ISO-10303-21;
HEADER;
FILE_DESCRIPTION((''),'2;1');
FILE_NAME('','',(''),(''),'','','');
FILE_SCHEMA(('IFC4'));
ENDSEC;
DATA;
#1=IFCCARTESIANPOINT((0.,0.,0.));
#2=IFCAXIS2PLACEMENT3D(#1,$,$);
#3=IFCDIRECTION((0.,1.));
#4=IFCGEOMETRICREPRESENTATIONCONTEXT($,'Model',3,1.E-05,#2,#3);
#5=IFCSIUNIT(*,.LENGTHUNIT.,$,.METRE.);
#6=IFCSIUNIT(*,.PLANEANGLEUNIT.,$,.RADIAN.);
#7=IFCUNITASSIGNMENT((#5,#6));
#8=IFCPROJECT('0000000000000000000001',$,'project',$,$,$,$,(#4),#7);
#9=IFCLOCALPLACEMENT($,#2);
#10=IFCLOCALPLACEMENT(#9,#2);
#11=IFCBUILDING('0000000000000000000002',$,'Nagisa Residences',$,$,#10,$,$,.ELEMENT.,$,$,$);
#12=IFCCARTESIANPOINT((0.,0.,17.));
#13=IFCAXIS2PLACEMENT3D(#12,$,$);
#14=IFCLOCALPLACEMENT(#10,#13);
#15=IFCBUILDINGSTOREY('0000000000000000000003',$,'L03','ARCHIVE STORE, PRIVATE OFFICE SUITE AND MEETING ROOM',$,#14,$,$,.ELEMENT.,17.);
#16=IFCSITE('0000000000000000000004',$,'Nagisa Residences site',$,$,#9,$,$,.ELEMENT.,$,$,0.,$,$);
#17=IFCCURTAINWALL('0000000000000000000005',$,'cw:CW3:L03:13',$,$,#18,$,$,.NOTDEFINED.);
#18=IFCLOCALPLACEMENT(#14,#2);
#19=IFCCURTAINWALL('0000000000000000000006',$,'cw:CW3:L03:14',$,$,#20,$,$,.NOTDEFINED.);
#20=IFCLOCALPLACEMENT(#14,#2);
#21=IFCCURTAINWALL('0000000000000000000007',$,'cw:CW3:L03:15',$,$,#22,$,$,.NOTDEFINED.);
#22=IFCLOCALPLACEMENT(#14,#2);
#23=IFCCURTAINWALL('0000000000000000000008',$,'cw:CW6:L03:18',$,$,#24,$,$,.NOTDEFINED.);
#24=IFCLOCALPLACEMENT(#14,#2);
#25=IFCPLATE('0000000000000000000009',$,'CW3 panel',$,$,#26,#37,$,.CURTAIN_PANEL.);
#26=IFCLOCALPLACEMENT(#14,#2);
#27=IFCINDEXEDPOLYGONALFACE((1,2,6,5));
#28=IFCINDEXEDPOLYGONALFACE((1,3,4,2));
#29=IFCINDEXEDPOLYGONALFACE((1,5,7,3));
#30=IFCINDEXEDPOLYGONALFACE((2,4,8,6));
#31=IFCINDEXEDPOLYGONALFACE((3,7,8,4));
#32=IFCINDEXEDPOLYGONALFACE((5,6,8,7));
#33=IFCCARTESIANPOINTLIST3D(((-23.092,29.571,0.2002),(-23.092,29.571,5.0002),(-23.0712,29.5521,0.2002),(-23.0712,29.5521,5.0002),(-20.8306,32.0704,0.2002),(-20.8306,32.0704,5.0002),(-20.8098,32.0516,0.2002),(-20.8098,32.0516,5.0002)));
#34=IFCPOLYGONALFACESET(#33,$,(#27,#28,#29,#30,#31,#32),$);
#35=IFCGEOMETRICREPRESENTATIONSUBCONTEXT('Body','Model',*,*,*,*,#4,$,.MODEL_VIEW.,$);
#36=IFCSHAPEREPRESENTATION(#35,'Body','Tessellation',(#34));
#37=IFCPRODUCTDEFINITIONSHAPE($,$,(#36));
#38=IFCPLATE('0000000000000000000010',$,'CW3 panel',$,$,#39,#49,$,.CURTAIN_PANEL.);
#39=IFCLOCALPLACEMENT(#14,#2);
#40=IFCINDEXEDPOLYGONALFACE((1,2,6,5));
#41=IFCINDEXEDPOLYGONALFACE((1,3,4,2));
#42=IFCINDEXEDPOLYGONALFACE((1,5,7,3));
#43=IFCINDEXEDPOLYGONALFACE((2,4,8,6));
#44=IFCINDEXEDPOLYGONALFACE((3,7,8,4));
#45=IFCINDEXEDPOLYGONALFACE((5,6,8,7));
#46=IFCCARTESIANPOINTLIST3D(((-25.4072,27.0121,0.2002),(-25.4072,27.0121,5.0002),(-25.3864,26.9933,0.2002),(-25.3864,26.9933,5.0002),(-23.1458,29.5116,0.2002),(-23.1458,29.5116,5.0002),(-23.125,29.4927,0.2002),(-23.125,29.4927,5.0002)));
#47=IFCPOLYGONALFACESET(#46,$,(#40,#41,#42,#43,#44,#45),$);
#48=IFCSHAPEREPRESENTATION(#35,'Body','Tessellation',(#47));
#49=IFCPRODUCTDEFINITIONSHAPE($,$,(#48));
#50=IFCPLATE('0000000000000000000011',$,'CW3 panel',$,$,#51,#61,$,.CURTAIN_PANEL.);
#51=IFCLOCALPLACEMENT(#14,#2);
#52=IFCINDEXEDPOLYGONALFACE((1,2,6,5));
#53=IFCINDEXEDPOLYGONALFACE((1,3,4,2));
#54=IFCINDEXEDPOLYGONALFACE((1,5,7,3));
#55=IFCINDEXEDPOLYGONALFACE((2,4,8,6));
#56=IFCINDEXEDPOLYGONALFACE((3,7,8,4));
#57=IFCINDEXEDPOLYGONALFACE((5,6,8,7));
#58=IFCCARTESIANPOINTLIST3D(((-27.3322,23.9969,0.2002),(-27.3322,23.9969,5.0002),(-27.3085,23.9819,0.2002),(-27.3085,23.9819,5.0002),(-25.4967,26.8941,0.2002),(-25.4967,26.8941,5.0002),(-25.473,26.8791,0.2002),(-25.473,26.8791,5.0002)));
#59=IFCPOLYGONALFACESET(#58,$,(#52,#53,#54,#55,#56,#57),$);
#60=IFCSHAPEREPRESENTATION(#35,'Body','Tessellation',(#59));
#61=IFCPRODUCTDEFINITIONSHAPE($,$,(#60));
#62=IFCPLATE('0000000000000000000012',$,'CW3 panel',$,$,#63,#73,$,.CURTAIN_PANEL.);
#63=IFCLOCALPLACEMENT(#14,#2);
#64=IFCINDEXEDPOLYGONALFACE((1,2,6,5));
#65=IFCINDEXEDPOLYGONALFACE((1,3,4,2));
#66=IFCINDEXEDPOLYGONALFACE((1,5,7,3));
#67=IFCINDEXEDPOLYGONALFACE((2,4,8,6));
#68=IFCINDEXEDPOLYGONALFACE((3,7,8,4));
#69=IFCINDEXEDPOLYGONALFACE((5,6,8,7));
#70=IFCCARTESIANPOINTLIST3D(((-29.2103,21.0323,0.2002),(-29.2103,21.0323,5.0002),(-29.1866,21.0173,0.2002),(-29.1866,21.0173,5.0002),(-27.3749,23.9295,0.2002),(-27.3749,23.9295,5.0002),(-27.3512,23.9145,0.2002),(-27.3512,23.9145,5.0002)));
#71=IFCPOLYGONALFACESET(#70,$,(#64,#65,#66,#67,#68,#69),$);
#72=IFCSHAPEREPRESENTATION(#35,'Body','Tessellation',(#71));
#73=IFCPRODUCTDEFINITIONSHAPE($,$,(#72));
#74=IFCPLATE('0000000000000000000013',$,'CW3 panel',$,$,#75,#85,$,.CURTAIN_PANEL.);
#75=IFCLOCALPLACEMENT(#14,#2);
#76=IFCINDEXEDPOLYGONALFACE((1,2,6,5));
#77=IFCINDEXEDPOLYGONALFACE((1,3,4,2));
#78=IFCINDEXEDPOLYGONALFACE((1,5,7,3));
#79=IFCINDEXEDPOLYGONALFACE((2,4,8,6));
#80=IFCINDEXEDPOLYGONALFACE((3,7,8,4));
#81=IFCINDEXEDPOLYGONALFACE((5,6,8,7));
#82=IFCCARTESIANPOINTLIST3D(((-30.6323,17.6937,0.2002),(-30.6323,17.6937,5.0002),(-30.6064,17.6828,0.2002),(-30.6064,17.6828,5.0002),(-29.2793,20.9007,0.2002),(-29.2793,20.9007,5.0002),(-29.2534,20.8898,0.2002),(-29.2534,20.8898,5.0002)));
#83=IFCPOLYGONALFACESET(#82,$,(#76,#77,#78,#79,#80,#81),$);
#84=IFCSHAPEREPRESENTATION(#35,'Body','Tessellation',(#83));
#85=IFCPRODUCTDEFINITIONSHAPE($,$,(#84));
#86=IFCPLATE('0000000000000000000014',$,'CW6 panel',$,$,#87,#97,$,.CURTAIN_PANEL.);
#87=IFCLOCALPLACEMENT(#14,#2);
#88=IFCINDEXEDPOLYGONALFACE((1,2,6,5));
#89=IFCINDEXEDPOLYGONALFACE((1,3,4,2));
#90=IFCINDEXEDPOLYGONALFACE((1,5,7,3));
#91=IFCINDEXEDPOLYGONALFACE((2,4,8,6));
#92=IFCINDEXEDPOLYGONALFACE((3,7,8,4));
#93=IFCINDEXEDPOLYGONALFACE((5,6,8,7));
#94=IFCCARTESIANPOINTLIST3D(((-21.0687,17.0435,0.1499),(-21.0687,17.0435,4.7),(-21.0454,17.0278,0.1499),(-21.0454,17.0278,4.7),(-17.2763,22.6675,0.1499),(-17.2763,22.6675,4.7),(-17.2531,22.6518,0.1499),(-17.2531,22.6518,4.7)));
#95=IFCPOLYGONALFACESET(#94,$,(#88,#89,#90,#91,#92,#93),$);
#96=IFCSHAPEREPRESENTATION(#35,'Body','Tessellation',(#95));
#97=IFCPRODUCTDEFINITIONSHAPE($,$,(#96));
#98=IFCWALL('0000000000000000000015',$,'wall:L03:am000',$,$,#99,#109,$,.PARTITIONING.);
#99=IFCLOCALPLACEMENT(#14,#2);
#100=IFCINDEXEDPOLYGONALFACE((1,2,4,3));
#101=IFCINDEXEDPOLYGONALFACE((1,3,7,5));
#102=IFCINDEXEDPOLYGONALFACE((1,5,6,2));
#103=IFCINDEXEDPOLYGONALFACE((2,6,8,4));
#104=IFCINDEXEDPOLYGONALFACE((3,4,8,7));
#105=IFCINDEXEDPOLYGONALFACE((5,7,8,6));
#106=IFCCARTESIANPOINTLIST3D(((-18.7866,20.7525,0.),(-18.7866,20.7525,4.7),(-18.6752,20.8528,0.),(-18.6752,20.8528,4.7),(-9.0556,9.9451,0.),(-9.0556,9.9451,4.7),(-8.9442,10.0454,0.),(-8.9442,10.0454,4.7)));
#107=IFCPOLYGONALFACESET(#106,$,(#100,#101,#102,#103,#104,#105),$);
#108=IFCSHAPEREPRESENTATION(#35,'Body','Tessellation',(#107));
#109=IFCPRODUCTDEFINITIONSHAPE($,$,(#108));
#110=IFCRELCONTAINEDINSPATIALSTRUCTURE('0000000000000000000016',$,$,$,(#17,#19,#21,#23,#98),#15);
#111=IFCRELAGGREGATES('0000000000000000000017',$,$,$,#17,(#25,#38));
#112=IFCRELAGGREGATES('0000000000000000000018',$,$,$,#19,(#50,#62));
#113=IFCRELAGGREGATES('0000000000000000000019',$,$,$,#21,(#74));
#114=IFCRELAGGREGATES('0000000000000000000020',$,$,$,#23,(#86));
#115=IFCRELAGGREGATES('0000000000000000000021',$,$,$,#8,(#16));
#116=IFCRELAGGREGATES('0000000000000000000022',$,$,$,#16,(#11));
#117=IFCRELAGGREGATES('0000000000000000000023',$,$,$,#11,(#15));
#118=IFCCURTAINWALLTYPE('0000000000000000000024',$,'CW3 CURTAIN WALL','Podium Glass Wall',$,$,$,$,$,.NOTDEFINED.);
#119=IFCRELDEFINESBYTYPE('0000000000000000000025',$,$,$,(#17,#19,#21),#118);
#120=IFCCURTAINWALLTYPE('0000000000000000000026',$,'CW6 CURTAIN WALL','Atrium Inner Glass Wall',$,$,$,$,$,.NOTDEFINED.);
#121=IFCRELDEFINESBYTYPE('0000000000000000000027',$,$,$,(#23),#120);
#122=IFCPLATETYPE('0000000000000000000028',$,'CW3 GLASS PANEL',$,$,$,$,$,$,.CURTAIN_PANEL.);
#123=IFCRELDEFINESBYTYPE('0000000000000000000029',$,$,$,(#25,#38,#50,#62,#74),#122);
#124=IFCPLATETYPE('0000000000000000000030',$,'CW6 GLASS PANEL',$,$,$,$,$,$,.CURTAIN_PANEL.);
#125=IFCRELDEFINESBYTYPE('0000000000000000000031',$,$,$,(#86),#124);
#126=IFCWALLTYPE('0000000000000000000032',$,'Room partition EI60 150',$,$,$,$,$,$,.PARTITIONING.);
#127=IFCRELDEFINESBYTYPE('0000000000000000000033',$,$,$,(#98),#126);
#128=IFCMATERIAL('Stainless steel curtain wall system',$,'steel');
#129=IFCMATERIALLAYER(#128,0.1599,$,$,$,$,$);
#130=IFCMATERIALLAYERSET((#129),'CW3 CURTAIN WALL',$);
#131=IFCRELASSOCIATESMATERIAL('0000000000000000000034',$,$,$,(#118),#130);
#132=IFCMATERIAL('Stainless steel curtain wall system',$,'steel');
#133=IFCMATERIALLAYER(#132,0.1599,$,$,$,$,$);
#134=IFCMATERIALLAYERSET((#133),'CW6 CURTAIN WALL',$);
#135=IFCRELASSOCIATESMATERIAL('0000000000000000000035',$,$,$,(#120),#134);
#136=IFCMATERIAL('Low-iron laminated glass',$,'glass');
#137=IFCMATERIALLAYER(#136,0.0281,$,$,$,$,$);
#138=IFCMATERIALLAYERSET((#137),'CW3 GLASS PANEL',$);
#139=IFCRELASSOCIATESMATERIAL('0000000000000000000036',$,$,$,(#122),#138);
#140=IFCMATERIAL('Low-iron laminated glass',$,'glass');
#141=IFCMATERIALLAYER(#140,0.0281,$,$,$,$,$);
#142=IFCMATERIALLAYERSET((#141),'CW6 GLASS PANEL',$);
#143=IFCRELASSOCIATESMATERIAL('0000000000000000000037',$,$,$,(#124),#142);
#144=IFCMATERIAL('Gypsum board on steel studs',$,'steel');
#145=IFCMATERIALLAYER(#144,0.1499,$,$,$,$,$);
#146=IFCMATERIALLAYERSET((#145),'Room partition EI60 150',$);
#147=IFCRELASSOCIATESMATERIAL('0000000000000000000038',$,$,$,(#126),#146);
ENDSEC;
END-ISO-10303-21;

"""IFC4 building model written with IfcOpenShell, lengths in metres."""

from ifc_helpers import new_model, si_unit, direction, frame, frame_2d, origin, origin_2d, place, context, subcontext, project, spatial, rectangle, extrude, material, layer, layer_set, type_object, element, aggregate, save


model = new_model("IFC4")

# Units and contexts
model_context = context("Model", 3, precision=1e-05, world=origin(), true_north=direction((0.0, 1.0)))
body_context = subcontext(model_context, "Body", "Model", "MODEL_VIEW")
ifc_project = project(units=[si_unit("LENGTHUNIT", "METRE"), si_unit("PLANEANGLEUNIT", "RADIAN")], contexts=[model_context])

# Site, building, storey
site_placement = place(None, origin())
site = spatial("IfcSite", under=ifc_project, at=site_placement, Name="Nagisa Residences site", CompositionType="ELEMENT", RefElevation=0.0)
building_placement = place(site_placement, origin())
building = spatial("IfcBuilding", under=site, at=building_placement, Name="Nagisa Residences", CompositionType="ELEMENT")
storey_placement = place(building_placement, frame((0.0, 0.0, 17.0)))
storey = spatial("IfcBuildingStorey", under=building, at=storey_placement, Name="L03", Description="ARCHIVE STORE, PRIVATE OFFICE SUITE AND MEETING ROOM", CompositionType="ELEMENT", Elevation=17.0)

# Shared definitions
ifc_material_1 = material(Name="Stainless steel curtain wall system", Category="steel")
ifc_layer_1 = layer(ifc_material_1, 0.1599)
ifc_layer_set_1 = layer_set([ifc_layer_1], Name="CW3 CURTAIN WALL")
curtain_wall_type_1 = type_object("IfcCurtainWallType", Name="CW3 CURTAIN WALL", Description="Podium Glass Wall", PredefinedType="NOTDEFINED", material=ifc_layer_set_1)

# Curtain walls
curtain_wall_1_placement = place(storey_placement, origin())
curtain_wall_1 = element("IfcCurtainWall", 1, at=curtain_wall_1_placement, inside=storey, type_object=curtain_wall_type_1, Name="cw:CW3:L03:13", PredefinedType="NOTDEFINED")
curtain_wall_2_placement = place(storey_placement, origin())
curtain_wall_2 = element("IfcCurtainWall", 2, at=curtain_wall_2_placement, inside=storey, type_object=curtain_wall_type_1, Name="cw:CW3:L03:14", PredefinedType="NOTDEFINED")
curtain_wall_3_placement = place(storey_placement, origin())
curtain_wall_3 = element("IfcCurtainWall", 3, at=curtain_wall_3_placement, inside=storey, type_object=curtain_wall_type_1, Name="cw:CW3:L03:15", PredefinedType="NOTDEFINED")

# Curtain wall
ifc_material_2 = material(Name="Stainless steel curtain wall system", Category="steel")
ifc_layer_2 = layer(ifc_material_2, 0.1599)
ifc_layer_set_2 = layer_set([ifc_layer_2], Name="CW6 CURTAIN WALL")
curtain_wall_type_2 = type_object("IfcCurtainWallType", Name="CW6 CURTAIN WALL", Description="Atrium Inner Glass Wall", PredefinedType="NOTDEFINED", material=ifc_layer_set_2)
curtain_wall_4_placement = place(storey_placement, origin())
curtain_wall_4 = element("IfcCurtainWall", 4, at=curtain_wall_4_placement, inside=storey, type_object=curtain_wall_type_2, Name="cw:CW6:L03:18", PredefinedType="NOTDEFINED")

# Plates
ifc_material_3 = material(Name="Low-iron laminated glass", Category="glass")
ifc_layer_3 = layer(ifc_material_3, 0.0281)
ifc_layer_set_3 = layer_set([ifc_layer_3], Name="CW3 GLASS PANEL")
plate_type_1 = type_object("IfcPlateType", Name="CW3 GLASS PANEL", PredefinedType="CURTAIN_PANEL", material=ifc_layer_set_3)
plate_1_placement = place(storey_placement, frame((-21.9509, 30.8113, 0.2002), z_axis=(0.0, 0.0, 1.0), x_axis=(-0.670913, -0.741536, 0.0)))
plate_1 = element("IfcPlate", 5, at=plate_1_placement, type_object=plate_type_1, Name="CW3 panel", PredefinedType="CURTAIN_PANEL", context=body_context, shape_type="SweptSolid", body=[
    extrude(rectangle(XDim=3.3706, YDim=0.0281, at=origin_2d()), origin(), (0.0, 0.0, 1.0), 4.8),
])
plate_2_placement = place(storey_placement, frame((-24.2661, 28.2524, 0.2002), z_axis=(0.0, 0.0, 1.0), x_axis=(-0.670913, -0.741536, 0.0)))
plate_2 = element("IfcPlate", 6, at=plate_2_placement, type_object=plate_type_1, Name="CW3 panel", PredefinedType="CURTAIN_PANEL", context=body_context, shape_type="SweptSolid", body=[
    extrude(rectangle(XDim=3.3706, YDim=0.0281, at=origin_2d()), origin(), (0.0, 0.0, 1.0), 4.8),
])
aggregate(curtain_wall_1, [plate_1, plate_2])
plate_3_placement = place(storey_placement, frame((-26.4026, 25.438, 0.2002), z_axis=(0.0, 0.0, 1.0), x_axis=(-0.535165, -0.844747, 0.0)))
plate_3 = element("IfcPlate", 7, at=plate_3_placement, type_object=plate_type_1, Name="CW3 panel", PredefinedType="CURTAIN_PANEL", context=body_context, shape_type="SweptSolid", body=[
    extrude(rectangle(XDim=3.4297, YDim=0.0281, at=origin_2d()), origin(), (0.0, 0.0, 1.0), 4.8),
])
plate_4_placement = place(storey_placement, frame((-28.2808, 22.4734, 0.2002), z_axis=(0.0, 0.0, 1.0), x_axis=(-0.535165, -0.844747, 0.0)))
plate_4 = element("IfcPlate", 8, at=plate_4_placement, type_object=plate_type_1, Name="CW3 panel", PredefinedType="CURTAIN_PANEL", context=body_context, shape_type="SweptSolid", body=[
    extrude(rectangle(XDim=3.4297, YDim=0.0281, at=origin_2d()), origin(), (0.0, 0.0, 1.0), 4.8),
])
aggregate(curtain_wall_2, [plate_3, plate_4])
plate_5_placement = place(storey_placement, frame((-29.9429, 19.2917, 0.2002), z_axis=(0.0, 0.0, 1.0), x_axis=(-0.388718, -0.921357, 0.0)))
plate_5 = element("IfcPlate", 9, at=plate_5_placement, type_object=plate_type_1, Name="CW3 panel", PredefinedType="CURTAIN_PANEL", context=body_context, shape_type="SweptSolid", body=[
    extrude(rectangle(XDim=3.4807, YDim=0.0281, at=origin_2d()), origin(), (0.0, 0.0, 1.0), 4.8),
])
aggregate(curtain_wall_3, [plate_5])
ifc_material_4 = material(Name="Low-iron laminated glass", Category="glass")
ifc_layer_4 = layer(ifc_material_4, 0.0281)
ifc_layer_set_4 = layer_set([ifc_layer_4], Name="CW6 GLASS PANEL")
plate_type_2 = type_object("IfcPlateType", Name="CW6 GLASS PANEL", PredefinedType="CURTAIN_PANEL", material=ifc_layer_set_4)
plate_6_placement = place(storey_placement, frame((-19.1609, 19.8477, 0.1499), z_axis=(0.0, 0.0, 1.0), x_axis=(-0.559084, -0.829111, 0.0)))
plate_6 = element("IfcPlate", 10, at=plate_6_placement, type_object=plate_type_2, Name="CW6 panel", PredefinedType="CURTAIN_PANEL", context=body_context, shape_type="SweptSolid", body=[
    extrude(rectangle(XDim=6.7832, YDim=0.0281, at=origin_2d()), origin(), (0.0, 0.0, 1.0), 4.55),
])
aggregate(curtain_wall_4, [plate_6])

# Wall
ifc_material_5 = material(Name="Gypsum board on steel studs", Category="steel")
ifc_layer_5 = layer(ifc_material_5, 0.1499)
ifc_layer_set_5 = layer_set([ifc_layer_5], Name="Room partition EI60 150")
wall_type = type_object("IfcWallType", Name="Room partition EI60 150", PredefinedType="PARTITIONING", material=ifc_layer_set_5)
wall_placement = place(storey_placement, frame((-18.731, 20.8027, 0.0), z_axis=(0.0, 0.0, 1.0), x_axis=(0.669129, -0.743146, 0.0)))
element("IfcWall", 11, at=wall_placement, inside=storey, type_object=wall_type, Name="wall:L03:am000", PredefinedType="PARTITIONING", context=body_context, shape_type="SweptSolid", body=[
    extrude(rectangle(XDim=14.5427, YDim=0.1499, at=frame_2d((7.2715, 0.0))), origin(), (0.0, 0.0, 1.0), 4.7),
])

save(model, "model.ifc")
